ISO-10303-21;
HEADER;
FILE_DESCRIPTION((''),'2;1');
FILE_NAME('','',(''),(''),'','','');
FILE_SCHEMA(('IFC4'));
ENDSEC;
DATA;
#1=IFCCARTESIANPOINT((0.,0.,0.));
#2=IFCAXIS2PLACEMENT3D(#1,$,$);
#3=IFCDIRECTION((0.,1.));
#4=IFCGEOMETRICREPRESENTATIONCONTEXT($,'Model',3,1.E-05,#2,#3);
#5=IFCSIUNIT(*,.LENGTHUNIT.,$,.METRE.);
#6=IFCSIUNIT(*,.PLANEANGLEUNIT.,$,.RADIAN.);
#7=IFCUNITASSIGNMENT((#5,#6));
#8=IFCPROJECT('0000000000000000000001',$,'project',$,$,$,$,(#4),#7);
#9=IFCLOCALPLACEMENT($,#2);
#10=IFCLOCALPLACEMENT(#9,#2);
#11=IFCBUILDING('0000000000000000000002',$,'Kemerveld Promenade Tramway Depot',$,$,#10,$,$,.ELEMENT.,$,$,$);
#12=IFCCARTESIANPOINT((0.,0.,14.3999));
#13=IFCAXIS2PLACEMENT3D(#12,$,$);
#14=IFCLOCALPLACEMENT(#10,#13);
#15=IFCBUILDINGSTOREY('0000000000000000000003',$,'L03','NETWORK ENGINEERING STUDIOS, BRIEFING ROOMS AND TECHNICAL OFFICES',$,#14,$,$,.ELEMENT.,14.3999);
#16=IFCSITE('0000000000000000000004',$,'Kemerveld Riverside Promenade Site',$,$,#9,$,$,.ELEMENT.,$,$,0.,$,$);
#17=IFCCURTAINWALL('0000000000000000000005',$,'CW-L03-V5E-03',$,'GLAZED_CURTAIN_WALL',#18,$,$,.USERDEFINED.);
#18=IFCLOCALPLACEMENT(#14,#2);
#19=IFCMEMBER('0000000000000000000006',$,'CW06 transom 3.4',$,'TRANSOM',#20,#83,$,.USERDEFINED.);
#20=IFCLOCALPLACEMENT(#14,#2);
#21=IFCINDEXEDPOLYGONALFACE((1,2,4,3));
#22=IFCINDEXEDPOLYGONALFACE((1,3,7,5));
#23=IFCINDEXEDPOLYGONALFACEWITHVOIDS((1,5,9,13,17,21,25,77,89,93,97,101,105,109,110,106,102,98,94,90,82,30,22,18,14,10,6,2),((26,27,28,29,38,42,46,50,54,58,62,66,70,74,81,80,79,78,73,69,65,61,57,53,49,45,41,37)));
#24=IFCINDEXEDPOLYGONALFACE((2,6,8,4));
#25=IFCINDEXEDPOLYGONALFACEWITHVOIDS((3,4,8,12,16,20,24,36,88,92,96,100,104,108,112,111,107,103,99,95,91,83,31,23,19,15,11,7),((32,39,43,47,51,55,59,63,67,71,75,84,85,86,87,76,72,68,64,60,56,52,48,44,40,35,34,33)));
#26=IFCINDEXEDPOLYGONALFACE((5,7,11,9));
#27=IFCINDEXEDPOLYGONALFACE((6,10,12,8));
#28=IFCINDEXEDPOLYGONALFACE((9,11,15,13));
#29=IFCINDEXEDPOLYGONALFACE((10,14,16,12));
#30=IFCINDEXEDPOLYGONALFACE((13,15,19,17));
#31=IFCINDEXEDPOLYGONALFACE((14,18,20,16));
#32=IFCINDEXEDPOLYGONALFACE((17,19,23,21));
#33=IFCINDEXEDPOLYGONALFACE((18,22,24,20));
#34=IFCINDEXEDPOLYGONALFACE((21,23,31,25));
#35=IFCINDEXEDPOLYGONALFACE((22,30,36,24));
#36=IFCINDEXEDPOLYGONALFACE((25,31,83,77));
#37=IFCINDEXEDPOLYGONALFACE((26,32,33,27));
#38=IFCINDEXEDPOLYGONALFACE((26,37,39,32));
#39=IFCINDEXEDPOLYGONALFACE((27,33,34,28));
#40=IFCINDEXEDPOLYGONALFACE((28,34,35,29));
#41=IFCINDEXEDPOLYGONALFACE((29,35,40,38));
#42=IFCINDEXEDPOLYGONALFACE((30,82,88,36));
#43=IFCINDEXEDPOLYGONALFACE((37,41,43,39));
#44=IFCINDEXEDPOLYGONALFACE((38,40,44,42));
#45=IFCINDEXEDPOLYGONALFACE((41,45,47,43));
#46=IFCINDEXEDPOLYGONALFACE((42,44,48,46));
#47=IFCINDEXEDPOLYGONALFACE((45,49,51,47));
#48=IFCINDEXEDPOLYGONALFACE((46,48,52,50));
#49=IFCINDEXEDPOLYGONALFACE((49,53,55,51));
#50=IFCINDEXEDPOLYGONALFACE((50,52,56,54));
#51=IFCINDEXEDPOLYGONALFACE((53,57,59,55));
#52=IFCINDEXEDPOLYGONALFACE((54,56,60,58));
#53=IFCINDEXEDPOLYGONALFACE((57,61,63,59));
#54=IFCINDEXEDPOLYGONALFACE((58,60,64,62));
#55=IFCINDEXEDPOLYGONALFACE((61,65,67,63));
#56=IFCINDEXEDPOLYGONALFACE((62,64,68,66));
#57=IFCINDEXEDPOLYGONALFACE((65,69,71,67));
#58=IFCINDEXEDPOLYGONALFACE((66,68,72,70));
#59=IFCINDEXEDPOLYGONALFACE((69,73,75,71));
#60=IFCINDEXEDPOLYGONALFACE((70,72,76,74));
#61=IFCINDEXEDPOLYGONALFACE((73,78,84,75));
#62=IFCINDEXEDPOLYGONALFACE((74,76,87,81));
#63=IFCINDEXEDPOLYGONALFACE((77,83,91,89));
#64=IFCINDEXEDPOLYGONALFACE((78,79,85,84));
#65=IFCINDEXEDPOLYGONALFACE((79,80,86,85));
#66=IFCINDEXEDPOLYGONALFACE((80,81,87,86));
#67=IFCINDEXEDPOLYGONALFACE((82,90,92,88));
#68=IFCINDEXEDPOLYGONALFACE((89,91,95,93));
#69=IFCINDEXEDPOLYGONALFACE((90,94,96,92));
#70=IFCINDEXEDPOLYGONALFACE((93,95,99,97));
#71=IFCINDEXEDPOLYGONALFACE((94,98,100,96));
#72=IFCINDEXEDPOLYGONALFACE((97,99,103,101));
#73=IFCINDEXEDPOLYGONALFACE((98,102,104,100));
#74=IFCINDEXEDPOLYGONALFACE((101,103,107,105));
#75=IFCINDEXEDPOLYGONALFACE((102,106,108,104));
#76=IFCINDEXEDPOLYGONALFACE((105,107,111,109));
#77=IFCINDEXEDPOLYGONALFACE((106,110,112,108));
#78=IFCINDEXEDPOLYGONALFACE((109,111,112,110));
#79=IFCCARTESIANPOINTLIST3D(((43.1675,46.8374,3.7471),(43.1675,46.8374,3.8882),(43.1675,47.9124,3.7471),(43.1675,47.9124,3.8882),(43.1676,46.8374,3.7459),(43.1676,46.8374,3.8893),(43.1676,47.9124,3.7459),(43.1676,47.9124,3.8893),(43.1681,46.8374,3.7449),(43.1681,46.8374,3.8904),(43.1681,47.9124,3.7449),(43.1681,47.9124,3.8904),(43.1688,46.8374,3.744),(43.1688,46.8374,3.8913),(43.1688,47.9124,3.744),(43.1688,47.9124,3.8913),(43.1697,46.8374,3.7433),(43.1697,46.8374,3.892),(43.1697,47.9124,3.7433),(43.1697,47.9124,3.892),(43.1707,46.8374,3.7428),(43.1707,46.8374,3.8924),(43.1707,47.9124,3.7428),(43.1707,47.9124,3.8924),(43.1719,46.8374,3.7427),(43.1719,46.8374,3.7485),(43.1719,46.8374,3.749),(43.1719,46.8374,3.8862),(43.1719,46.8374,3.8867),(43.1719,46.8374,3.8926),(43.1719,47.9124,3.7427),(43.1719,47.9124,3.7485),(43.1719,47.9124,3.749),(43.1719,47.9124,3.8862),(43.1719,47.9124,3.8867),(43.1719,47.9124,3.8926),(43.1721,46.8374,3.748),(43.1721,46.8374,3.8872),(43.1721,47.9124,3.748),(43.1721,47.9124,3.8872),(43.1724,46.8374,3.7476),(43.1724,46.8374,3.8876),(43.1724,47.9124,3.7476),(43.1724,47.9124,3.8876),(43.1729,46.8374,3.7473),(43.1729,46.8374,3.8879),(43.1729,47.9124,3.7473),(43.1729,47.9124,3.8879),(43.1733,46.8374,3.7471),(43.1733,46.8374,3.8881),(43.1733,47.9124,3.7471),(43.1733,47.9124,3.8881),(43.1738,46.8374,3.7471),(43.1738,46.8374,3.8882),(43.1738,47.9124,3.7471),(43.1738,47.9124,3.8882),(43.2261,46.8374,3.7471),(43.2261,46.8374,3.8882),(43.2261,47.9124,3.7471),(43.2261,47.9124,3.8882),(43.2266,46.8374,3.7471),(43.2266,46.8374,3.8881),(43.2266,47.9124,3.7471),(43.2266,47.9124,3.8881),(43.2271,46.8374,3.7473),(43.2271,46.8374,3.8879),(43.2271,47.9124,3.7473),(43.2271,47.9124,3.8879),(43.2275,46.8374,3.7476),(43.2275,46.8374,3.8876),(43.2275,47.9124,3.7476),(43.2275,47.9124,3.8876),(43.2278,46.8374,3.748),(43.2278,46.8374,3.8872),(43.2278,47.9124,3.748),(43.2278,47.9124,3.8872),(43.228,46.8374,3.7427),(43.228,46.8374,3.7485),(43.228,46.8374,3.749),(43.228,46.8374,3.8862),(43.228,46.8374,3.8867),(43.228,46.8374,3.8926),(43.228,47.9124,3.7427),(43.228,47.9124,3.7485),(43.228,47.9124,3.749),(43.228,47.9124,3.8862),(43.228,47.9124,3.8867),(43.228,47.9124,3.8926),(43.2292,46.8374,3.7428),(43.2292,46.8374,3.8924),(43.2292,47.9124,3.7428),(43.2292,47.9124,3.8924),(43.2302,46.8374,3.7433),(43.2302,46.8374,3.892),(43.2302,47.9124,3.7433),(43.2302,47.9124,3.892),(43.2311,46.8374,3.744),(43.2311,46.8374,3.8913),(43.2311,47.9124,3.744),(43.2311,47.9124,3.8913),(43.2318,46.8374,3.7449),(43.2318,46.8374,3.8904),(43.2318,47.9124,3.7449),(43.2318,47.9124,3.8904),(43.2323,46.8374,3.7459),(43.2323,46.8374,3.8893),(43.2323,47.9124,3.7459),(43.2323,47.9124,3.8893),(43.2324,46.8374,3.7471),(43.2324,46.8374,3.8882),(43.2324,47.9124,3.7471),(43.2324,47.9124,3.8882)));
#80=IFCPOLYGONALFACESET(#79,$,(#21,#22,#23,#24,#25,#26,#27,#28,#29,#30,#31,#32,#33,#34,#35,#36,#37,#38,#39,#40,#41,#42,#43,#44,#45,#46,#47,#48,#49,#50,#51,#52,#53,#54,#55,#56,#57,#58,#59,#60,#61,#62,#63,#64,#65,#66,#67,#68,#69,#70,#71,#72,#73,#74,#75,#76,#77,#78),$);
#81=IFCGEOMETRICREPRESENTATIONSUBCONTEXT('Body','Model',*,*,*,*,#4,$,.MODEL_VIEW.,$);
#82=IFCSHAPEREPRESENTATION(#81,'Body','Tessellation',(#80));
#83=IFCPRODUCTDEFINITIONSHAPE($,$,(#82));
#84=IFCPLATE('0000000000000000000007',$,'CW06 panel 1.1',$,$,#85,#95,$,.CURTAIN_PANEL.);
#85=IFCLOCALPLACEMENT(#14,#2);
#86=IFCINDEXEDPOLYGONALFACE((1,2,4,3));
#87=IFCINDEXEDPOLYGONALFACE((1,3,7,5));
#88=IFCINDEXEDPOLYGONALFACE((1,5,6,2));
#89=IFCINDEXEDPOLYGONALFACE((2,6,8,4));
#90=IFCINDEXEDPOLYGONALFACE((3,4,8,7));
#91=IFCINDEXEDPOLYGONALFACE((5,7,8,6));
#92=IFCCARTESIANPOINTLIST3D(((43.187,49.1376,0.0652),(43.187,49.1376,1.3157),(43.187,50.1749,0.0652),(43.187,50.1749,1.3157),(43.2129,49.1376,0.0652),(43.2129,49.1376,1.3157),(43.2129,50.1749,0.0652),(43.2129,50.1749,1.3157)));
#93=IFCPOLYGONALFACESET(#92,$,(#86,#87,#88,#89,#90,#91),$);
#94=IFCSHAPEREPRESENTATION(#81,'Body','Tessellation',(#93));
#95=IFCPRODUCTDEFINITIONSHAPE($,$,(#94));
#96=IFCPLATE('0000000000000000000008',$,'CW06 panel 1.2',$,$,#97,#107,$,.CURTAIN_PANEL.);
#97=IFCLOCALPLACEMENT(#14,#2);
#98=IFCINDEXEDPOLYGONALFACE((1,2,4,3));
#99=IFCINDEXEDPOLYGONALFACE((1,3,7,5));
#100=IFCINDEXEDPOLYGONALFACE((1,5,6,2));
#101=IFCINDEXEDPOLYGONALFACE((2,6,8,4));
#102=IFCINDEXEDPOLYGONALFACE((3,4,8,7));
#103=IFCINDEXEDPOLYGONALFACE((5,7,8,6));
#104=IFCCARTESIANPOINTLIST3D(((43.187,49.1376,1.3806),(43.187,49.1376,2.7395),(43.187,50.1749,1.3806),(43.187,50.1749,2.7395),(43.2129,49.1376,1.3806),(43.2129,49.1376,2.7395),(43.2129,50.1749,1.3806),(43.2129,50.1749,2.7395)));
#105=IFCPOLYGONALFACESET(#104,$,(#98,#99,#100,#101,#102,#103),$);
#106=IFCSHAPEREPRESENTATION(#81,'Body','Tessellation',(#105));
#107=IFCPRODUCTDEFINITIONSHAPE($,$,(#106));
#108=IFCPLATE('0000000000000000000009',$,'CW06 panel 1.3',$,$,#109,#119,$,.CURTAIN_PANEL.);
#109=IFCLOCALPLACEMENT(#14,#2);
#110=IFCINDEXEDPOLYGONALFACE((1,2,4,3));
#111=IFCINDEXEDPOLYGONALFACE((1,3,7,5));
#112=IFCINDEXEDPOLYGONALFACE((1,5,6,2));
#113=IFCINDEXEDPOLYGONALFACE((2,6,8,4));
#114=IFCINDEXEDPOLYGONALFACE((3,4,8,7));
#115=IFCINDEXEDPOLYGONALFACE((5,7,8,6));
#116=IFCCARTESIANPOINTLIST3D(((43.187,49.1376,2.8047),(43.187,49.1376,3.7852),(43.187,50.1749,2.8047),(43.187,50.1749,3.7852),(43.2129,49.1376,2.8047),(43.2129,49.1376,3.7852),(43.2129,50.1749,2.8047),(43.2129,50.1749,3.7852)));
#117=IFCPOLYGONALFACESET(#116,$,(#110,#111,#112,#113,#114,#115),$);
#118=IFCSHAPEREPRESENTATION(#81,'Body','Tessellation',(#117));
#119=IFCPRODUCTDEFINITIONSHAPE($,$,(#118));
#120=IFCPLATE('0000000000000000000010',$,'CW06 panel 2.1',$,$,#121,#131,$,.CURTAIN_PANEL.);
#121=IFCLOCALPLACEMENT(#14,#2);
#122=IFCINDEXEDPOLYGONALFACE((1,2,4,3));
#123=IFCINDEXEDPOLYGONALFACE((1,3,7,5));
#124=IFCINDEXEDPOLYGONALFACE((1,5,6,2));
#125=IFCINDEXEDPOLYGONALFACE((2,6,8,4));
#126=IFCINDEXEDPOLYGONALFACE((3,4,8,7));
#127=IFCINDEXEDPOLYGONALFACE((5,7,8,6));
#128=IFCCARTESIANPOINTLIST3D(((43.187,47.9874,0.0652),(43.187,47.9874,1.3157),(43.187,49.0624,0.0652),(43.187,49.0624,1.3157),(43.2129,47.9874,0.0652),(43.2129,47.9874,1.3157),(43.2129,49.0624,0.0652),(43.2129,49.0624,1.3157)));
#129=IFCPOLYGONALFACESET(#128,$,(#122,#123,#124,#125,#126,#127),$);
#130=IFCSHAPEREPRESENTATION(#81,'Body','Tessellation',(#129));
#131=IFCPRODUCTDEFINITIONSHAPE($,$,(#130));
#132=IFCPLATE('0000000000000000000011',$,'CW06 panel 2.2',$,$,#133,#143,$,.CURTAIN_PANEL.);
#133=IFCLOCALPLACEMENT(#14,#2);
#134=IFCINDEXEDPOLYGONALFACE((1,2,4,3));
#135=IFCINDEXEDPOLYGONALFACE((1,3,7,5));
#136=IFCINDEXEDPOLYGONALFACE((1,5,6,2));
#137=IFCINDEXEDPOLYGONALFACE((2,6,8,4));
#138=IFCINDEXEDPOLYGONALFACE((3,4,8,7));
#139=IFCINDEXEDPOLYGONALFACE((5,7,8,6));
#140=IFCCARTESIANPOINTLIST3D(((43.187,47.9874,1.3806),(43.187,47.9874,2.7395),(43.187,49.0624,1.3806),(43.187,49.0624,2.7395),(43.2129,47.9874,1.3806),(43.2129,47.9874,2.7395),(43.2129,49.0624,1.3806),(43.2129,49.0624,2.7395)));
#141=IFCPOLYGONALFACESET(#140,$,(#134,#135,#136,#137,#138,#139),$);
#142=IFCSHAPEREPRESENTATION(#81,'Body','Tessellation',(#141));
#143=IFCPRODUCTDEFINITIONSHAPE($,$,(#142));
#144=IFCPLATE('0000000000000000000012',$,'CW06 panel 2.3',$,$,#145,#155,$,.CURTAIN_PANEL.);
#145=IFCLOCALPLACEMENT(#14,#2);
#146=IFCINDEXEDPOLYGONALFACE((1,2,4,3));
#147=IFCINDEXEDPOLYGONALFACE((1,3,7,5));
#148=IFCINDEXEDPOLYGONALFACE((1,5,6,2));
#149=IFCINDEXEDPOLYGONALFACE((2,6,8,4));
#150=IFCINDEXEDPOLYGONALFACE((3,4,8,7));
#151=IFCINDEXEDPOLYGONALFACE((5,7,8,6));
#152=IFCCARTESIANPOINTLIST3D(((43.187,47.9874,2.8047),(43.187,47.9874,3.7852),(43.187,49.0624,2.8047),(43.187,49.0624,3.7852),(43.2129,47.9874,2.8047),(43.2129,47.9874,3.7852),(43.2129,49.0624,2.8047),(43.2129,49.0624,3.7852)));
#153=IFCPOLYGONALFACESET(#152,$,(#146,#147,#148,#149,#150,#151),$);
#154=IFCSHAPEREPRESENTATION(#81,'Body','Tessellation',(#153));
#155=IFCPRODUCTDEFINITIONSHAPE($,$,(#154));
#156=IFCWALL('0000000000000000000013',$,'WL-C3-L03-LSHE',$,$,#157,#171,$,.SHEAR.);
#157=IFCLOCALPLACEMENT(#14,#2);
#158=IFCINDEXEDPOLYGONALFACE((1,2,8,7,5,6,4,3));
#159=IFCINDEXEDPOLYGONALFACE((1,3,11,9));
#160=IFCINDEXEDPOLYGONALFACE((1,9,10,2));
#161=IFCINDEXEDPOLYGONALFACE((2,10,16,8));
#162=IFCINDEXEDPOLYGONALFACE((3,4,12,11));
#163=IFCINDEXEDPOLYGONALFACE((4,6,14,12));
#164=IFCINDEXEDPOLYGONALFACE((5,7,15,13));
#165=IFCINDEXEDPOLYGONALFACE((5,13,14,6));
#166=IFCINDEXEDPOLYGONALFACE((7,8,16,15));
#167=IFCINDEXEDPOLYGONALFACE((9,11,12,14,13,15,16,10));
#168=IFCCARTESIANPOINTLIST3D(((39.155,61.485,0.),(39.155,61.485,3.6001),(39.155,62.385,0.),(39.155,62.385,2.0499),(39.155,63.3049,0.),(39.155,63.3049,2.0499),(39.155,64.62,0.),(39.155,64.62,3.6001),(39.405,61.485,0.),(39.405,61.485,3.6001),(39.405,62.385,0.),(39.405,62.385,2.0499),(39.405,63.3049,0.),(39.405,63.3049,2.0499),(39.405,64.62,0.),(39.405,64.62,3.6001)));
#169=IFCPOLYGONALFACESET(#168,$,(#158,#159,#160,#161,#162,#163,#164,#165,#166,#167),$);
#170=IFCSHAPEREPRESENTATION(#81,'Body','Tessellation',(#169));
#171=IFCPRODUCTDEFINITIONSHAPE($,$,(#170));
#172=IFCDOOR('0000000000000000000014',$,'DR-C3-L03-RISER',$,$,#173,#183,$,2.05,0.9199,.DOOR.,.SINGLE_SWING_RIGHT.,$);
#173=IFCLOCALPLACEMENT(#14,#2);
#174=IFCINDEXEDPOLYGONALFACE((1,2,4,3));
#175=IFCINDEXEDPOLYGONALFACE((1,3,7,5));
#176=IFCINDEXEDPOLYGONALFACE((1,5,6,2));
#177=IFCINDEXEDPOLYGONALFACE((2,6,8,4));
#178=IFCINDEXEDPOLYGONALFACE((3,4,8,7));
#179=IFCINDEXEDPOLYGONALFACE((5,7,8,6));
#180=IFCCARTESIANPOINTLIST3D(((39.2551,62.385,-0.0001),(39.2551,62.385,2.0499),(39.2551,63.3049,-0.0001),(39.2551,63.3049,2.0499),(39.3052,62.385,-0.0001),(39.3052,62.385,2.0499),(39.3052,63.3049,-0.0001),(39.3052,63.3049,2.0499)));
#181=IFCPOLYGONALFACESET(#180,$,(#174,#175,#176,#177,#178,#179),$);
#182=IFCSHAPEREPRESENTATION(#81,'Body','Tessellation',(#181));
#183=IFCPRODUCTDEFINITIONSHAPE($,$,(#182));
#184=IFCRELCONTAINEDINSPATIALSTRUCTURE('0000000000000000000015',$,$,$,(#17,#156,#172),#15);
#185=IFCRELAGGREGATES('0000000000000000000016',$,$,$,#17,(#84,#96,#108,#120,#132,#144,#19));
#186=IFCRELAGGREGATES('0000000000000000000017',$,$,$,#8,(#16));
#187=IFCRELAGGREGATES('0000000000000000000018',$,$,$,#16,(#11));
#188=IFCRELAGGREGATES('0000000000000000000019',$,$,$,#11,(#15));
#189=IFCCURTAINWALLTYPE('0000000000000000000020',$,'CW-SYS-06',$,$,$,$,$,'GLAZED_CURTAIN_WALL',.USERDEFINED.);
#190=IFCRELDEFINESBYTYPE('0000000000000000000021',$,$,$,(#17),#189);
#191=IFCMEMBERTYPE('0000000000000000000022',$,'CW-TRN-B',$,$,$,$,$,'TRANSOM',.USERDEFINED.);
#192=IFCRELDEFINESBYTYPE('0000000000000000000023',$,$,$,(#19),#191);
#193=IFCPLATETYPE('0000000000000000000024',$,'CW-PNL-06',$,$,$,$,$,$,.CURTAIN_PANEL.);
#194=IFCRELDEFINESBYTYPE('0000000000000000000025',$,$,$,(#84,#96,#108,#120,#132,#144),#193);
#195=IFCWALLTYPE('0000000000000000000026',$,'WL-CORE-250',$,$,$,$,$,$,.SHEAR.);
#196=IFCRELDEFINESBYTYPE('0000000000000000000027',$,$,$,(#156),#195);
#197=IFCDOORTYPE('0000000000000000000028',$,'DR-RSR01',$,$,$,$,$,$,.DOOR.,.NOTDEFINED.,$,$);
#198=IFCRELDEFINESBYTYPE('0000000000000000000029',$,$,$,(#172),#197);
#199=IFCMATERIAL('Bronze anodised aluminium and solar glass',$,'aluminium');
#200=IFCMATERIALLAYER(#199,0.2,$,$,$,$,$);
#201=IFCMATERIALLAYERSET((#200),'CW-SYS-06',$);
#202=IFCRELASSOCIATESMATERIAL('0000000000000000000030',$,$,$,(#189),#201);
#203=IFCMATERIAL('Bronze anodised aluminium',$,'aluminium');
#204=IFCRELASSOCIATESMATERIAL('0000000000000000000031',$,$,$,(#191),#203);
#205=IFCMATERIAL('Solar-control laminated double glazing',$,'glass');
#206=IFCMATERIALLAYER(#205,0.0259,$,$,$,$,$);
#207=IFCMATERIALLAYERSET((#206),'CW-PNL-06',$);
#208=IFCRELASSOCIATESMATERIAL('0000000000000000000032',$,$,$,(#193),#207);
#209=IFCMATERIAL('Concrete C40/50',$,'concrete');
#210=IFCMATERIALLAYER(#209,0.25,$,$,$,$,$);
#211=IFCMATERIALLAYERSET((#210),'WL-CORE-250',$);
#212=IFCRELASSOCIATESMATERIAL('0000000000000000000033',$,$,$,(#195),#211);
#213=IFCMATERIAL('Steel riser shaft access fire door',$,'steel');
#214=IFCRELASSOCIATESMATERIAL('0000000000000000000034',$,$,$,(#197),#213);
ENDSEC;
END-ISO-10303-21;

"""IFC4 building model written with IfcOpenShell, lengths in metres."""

from ifc_helpers import new_model, si_unit, direction, frame, frame_2d, origin, origin_2d, place, context, subcontext, project, spatial, rectangle, hollow_rectangle, extrude, material, layer, layer_set, material_profile, profile_set, type_object, element, fill, aggregate, save


model = new_model("IFC4")

# Units and contexts
model_context = context("Model", 3, precision=1e-05, world=origin(), true_north=direction((0.0, 1.0)))
body_context = subcontext(model_context, "Body", "Model", "MODEL_VIEW")
ifc_project = project(units=[si_unit("LENGTHUNIT", "METRE"), si_unit("PLANEANGLEUNIT", "RADIAN")], contexts=[model_context])

# Site, building, storey
site_placement = place(None, origin())
site = spatial("IfcSite", under=ifc_project, at=site_placement, Name="Kemerveld Riverside Promenade Site", CompositionType="ELEMENT", RefElevation=0.0)
building_placement = place(site_placement, origin())
building = spatial("IfcBuilding", under=site, at=building_placement, Name="Kemerveld Promenade Tramway Depot", CompositionType="ELEMENT")
storey_placement = place(building_placement, frame((0.0, 0.0, 14.3999)))
storey = spatial("IfcBuildingStorey", under=building, at=storey_placement, Name="L03", Description="NETWORK ENGINEERING STUDIOS, BRIEFING ROOMS AND TECHNICAL OFFICES", CompositionType="ELEMENT", Elevation=14.3999)

# Curtain wall, member, plates
ifc_material_1 = material(Name="Bronze anodised aluminium and solar glass", Category="aluminium")
ifc_layer_1 = layer(ifc_material_1, 0.2)
ifc_layer_set_1 = layer_set([ifc_layer_1], Name="CW-SYS-06")
curtain_wall_type = type_object("IfcCurtainWallType", Name="CW-SYS-06", ElementType="GLAZED_CURTAIN_WALL", PredefinedType="USERDEFINED", material=ifc_layer_set_1)
curtain_wall_placement = place(storey_placement, origin())
curtain_wall = element("IfcCurtainWall", 1, at=curtain_wall_placement, inside=storey, type_object=curtain_wall_type, Name="CW-L03-V5E-03", ObjectType="GLAZED_CURTAIN_WALL", PredefinedType="USERDEFINED")
ifc_material_2 = material(Name="Bronze anodised aluminium", Category="aluminium")
ifc_material_profile_1 = material_profile(ifc_material_2, hollow_rectangle(XDim=0.0649, YDim=0.1499, WallThickness=0.0044, InnerFilletRadius=0.002, OuterFilletRadius=0.0044, at=origin_2d()), Name="CW-TRN-150x65")
ifc_profile_set_1 = profile_set([ifc_material_profile_1], Name="Bronze anodised aluminium")
member_type_1 = type_object("IfcMemberType", Name="CW-TRN-B", ElementType="TRANSOM", PredefinedType="USERDEFINED", material=ifc_profile_set_1)
member_1_placement = place(storey_placement, frame((43.2, 47.9124, 3.8176), z_axis=(0.0, -1.0, 0.0), x_axis=(1.0, 0.0, 0.0)))
member_1 = element("IfcMember", 2, at=member_1_placement, type_object=member_type_1, Name="CW06 transom 3.4", ObjectType="TRANSOM", PredefinedType="USERDEFINED", context=body_context, shape_type="SweptSolid", body=[
    extrude(hollow_rectangle(XDim=0.0649, YDim=0.1499, WallThickness=0.0044, InnerFilletRadius=0.002, OuterFilletRadius=0.0044, at=origin_2d()), origin(), (0.0, 0.0, 1.0), 1.075),
])
ifc_material_3 = material(Name="Solar-control laminated double glazing", Category="glass")
ifc_layer_2 = layer(ifc_material_3, 0.0259)
ifc_layer_set_2 = layer_set([ifc_layer_2], Name="CW-PNL-06")
plate_type = type_object("IfcPlateType", Name="CW-PNL-06", PredefinedType="CURTAIN_PANEL", material=ifc_layer_set_2)
plate_1_placement = place(storey_placement, frame((43.2, 49.6562, 0.0652), z_axis=(0.0, 0.0, 1.0), x_axis=(0.0, -1.0, 0.0)))
plate_1 = element("IfcPlate", 3, at=plate_1_placement, type_object=plate_type, Name="CW06 panel 1.1", PredefinedType="CURTAIN_PANEL", context=body_context, shape_type="SweptSolid", body=[
    extrude(rectangle(XDim=1.0374, YDim=0.0259, at=origin_2d()), origin(), (0.0, 0.0, 1.0), 1.2505),
])
plate_2_placement = place(storey_placement, frame((43.2, 49.6562, 1.3806), z_axis=(0.0, 0.0, 1.0), x_axis=(0.0, -1.0, 0.0)))
plate_2 = element("IfcPlate", 4, at=plate_2_placement, type_object=plate_type, Name="CW06 panel 1.2", PredefinedType="CURTAIN_PANEL", context=body_context, shape_type="SweptSolid", body=[
    extrude(rectangle(XDim=1.0374, YDim=0.0259, at=origin_2d()), origin(), (0.0, 0.0, 1.0), 1.3589),
])
plate_3_placement = place(storey_placement, frame((43.2, 49.6562, 2.8047), z_axis=(0.0, 0.0, 1.0), x_axis=(0.0, -1.0, 0.0)))
plate_3 = element("IfcPlate", 5, at=plate_3_placement, type_object=plate_type, Name="CW06 panel 1.3", PredefinedType="CURTAIN_PANEL", context=body_context, shape_type="SweptSolid", body=[
    extrude(rectangle(XDim=1.0374, YDim=0.0259, at=origin_2d()), origin(), (0.0, 0.0, 1.0), 0.9805),
])
plate_4_placement = place(storey_placement, frame((43.2, 48.5249, 0.0652), z_axis=(0.0, 0.0, 1.0), x_axis=(0.0, -1.0, 0.0)))
plate_4 = element("IfcPlate", 6, at=plate_4_placement, type_object=plate_type, Name="CW06 panel 2.1", PredefinedType="CURTAIN_PANEL", context=body_context, shape_type="SweptSolid", body=[
    extrude(rectangle(XDim=1.075, YDim=0.0259, at=origin_2d()), origin(), (0.0, 0.0, 1.0), 1.2505),
])
plate_5_placement = place(storey_placement, frame((43.2, 48.5249, 1.3806), z_axis=(0.0, 0.0, 1.0), x_axis=(0.0, -1.0, 0.0)))
plate_5 = element("IfcPlate", 7, at=plate_5_placement, type_object=plate_type, Name="CW06 panel 2.2", PredefinedType="CURTAIN_PANEL", context=body_context, shape_type="SweptSolid", body=[
    extrude(rectangle(XDim=1.075, YDim=0.0259, at=origin_2d()), origin(), (0.0, 0.0, 1.0), 1.3589),
])
plate_6_placement = place(storey_placement, frame((43.2, 48.5249, 2.8047), z_axis=(0.0, 0.0, 1.0), x_axis=(0.0, -1.0, 0.0)))
plate_6 = element("IfcPlate", 8, at=plate_6_placement, type_object=plate_type, Name="CW06 panel 2.3", PredefinedType="CURTAIN_PANEL", context=body_context, shape_type="SweptSolid", body=[
    extrude(rectangle(XDim=1.075, YDim=0.0259, at=origin_2d()), origin(), (0.0, 0.0, 1.0), 0.9805),
])
aggregate(curtain_wall, [plate_1, plate_2, plate_3, plate_4, plate_5, plate_6, member_1])

# Wall, opening, door
ifc_material_4 = material(Name="Concrete C40/50", Category="concrete")
ifc_layer_3 = layer(ifc_material_4, 0.25)
ifc_layer_set_3 = layer_set([ifc_layer_3], Name="WL-CORE-250")
wall_type_1 = type_object("IfcWallType", Name="WL-CORE-250", PredefinedType="SHEAR", material=ifc_layer_set_3)
wall_1_placement = place(storey_placement, frame((39.28, 61.4851, 0.0), z_axis=(0.0, 0.0, 1.0), x_axis=(0.0, 1.0, 0.0)))
wall_1 = element("IfcWall", 9, at=wall_1_placement, inside=storey, type_object=wall_type_1, Name="WL-C3-L03-LSHE", PredefinedType="SHEAR", context=body_context, shape_type="SweptSolid", body=[
    extrude(rectangle(XDim=3.135, YDim=0.25, at=frame_2d((1.5674, 0.0))), origin(), (0.0, 0.0, 1.0), 3.6001),
])
opening_1_placement = place(wall_1_placement, frame((0.8999, 0.0, 0.0)))
opening_1 = element("IfcOpeningElement", 10, at=opening_1_placement, cuts=wall_1, PredefinedType="OPENING", context=body_context, shape_type="SweptSolid", body=[
    extrude(rectangle(XDim=0.9199, YDim=2.05, at=frame_2d((0.46, 1.0249))), frame((0.0, 0.135, 0.0), z_axis=(0.0, -1.0, 0.0), x_axis=(1.0, 0.0, 0.0)), (0.0, 0.0, 1.0), 0.27),
])
ifc_material_5 = material(Name="Steel riser shaft access fire door", Category="steel")
door_type_1 = type_object("IfcDoorType", Name="DR-RSR01", OperationType="NOTDEFINED", PredefinedType="DOOR", material=ifc_material_5)
door_1_placement = place(opening_1_placement, origin())
door_1 = element("IfcDoor", 11, at=door_1_placement, inside=storey, type_object=door_type_1, Name="DR-C3-L03-RISER", OperationType="SINGLE_SWING_RIGHT", OverallHeight=2.05, OverallWidth=0.9199, PredefinedType="DOOR", context=body_context, shape_type="SweptSolid", body=[
    extrude(rectangle(XDim=0.9199, YDim=2.05, at=frame_2d((0.46, 1.0249))), frame((0.0, 0.0249, 0.0), z_axis=(0.0, -1.0, 0.0), x_axis=(1.0, 0.0, 0.0)), (0.0, 0.0, 1.0), 0.05),
])
fill(opening_1, door_1)

save(model, "model.ifc")
